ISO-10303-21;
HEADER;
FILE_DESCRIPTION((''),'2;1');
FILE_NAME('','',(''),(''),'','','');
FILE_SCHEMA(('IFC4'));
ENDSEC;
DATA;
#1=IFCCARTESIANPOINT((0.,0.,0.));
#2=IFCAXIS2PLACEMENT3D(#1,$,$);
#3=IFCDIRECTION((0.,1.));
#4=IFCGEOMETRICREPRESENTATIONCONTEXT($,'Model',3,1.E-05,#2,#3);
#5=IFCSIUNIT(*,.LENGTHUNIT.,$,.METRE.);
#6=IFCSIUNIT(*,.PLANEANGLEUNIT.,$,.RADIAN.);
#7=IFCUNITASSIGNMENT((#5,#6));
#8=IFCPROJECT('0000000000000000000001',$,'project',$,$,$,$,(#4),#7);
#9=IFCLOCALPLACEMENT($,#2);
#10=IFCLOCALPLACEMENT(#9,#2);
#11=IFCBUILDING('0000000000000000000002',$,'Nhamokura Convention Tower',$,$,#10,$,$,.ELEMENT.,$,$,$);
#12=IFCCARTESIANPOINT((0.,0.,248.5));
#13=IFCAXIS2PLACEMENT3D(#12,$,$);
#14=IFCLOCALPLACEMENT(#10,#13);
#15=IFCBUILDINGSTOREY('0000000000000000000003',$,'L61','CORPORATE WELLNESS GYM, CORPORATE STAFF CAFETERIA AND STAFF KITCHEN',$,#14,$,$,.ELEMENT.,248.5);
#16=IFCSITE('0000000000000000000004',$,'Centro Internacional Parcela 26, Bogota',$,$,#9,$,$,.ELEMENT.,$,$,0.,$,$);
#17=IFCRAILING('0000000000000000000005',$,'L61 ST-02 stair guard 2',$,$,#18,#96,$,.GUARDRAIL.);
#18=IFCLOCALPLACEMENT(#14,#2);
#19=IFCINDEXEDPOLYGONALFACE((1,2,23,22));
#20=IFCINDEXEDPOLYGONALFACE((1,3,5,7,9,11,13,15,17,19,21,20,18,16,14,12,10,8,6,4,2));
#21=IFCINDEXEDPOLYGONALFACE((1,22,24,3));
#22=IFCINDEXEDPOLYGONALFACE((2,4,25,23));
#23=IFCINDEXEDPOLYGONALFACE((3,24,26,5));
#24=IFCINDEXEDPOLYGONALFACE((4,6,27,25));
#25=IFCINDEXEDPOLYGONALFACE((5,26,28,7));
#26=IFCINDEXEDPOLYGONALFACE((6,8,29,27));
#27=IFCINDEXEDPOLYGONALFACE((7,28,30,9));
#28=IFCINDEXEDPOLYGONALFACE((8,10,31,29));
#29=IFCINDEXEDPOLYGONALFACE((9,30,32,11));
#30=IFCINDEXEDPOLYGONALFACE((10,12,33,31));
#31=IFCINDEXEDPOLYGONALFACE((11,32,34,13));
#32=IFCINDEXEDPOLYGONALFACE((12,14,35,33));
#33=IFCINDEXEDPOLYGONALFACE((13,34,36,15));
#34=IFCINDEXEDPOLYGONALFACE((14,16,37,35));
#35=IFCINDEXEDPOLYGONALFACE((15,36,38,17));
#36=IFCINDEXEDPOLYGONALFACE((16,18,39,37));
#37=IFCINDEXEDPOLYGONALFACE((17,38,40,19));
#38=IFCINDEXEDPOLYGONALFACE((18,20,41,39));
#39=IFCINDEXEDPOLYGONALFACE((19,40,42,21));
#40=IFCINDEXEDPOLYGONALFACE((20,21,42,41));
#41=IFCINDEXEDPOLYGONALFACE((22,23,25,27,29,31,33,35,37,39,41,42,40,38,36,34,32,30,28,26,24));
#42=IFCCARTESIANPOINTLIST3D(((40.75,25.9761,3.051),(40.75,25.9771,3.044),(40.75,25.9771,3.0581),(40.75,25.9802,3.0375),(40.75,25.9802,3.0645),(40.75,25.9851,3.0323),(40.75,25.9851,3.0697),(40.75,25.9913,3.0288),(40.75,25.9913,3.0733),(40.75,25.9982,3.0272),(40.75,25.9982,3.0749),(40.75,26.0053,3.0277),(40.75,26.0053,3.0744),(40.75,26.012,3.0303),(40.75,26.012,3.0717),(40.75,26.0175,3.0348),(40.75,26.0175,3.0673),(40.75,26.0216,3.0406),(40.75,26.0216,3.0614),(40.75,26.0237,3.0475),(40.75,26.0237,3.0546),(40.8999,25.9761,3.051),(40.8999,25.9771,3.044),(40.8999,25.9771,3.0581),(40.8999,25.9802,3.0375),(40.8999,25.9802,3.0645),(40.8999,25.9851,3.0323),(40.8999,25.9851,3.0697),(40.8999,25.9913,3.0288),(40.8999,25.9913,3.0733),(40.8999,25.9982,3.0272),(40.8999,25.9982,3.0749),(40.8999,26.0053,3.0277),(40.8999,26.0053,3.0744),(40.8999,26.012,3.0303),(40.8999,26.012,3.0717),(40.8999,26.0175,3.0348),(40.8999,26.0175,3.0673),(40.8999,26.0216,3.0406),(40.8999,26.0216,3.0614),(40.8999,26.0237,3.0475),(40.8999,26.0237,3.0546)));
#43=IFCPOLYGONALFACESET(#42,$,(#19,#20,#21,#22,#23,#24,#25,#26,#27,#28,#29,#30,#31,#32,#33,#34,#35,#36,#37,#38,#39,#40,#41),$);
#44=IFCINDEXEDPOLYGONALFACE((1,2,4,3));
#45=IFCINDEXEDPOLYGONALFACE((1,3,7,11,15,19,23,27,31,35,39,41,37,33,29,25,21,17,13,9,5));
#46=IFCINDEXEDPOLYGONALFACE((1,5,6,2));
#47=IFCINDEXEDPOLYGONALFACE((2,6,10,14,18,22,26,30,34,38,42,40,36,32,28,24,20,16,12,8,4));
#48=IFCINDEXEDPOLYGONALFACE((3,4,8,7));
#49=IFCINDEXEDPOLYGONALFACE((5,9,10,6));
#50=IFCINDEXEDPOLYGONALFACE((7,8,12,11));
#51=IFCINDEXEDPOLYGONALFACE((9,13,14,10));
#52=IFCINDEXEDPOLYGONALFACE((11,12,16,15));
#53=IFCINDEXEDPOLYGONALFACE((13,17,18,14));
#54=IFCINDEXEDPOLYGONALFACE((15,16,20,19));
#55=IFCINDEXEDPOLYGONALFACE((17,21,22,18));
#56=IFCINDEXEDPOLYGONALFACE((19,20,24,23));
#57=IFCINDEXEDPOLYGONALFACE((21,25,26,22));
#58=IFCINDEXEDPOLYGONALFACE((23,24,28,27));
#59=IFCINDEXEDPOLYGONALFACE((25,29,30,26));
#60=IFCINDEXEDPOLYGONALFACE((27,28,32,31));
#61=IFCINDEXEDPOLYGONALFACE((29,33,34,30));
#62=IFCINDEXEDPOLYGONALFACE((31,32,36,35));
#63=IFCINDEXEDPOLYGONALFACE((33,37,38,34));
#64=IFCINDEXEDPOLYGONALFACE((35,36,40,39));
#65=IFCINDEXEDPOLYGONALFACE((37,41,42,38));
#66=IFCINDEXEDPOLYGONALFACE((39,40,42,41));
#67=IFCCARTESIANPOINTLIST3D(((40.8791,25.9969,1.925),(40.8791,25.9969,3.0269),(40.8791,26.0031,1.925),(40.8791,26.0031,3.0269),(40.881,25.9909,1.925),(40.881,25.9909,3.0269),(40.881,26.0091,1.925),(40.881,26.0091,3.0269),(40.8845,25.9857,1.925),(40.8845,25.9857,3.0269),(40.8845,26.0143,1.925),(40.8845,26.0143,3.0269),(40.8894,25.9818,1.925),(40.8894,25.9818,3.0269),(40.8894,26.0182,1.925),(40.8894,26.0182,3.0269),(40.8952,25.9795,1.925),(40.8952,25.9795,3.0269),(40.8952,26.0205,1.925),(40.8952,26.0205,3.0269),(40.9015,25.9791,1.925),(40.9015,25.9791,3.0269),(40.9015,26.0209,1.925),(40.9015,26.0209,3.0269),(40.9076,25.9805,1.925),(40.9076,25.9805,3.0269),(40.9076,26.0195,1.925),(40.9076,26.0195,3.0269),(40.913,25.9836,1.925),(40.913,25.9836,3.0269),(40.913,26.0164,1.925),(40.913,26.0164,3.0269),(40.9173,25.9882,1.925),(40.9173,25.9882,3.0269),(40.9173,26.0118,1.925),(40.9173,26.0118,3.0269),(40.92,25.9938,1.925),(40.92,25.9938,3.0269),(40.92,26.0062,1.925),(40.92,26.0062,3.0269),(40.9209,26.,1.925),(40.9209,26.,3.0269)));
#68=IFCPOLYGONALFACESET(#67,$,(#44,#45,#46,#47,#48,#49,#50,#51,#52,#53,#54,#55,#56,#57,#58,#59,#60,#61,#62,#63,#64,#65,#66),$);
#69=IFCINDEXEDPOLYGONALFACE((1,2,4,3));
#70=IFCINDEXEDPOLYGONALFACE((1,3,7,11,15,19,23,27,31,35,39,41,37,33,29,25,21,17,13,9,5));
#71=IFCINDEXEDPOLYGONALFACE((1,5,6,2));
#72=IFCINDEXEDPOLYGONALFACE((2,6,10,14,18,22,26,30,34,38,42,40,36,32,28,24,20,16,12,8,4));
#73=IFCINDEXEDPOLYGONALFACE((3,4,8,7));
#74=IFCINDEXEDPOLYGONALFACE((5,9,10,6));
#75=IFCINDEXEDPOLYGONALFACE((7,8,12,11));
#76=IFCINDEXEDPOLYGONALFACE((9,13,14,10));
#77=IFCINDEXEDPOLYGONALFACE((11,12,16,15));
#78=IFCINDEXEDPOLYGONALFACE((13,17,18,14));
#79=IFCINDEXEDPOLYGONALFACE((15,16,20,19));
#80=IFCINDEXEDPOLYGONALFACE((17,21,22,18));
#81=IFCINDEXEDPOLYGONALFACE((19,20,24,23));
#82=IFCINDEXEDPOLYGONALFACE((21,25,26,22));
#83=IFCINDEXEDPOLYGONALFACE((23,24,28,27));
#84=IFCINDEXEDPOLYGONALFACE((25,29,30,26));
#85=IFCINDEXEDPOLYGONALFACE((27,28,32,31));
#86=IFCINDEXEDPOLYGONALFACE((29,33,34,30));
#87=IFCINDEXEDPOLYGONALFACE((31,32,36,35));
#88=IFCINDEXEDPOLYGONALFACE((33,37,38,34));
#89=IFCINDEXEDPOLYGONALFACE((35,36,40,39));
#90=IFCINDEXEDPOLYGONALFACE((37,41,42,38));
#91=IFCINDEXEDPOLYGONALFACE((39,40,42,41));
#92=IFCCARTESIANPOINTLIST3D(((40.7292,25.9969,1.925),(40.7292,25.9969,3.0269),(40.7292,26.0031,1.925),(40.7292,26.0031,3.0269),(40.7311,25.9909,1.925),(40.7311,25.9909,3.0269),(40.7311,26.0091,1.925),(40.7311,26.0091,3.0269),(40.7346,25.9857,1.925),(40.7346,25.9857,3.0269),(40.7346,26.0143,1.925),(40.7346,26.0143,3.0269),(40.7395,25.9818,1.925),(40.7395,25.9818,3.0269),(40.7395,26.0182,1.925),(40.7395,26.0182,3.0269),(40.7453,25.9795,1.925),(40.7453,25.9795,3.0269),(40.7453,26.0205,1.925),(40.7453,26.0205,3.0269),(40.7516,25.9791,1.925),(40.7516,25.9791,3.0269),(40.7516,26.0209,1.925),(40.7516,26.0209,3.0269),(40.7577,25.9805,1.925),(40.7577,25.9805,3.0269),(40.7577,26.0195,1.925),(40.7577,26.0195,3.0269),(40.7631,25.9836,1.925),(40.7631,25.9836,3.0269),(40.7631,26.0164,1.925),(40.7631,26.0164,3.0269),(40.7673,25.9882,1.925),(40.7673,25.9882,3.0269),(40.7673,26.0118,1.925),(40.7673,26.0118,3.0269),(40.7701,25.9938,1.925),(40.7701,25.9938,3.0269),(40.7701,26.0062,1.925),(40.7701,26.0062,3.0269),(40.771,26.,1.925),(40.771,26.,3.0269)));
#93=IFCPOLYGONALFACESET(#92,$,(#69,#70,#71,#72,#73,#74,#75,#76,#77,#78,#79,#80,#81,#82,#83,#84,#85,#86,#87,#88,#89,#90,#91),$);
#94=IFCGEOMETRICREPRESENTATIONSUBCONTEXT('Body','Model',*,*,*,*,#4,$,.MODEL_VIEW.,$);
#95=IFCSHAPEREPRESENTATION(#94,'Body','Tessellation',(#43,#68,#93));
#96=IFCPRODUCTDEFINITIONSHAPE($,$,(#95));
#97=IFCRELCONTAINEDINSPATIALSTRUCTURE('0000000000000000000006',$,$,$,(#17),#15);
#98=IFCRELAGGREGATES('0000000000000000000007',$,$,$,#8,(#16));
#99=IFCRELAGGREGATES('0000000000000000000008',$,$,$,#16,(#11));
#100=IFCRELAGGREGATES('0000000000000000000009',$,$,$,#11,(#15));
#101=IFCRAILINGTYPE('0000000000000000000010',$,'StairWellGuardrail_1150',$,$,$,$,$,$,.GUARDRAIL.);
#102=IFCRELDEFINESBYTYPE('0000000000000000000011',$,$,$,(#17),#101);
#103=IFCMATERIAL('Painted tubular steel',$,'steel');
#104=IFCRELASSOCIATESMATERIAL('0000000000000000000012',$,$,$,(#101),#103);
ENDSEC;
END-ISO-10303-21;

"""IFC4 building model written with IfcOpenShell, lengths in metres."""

from ifc_helpers import new_model, si_unit, direction, frame, origin, origin_2d, place, context, subcontext, project, spatial, circle, extrude, material, type_object, element, save


model = new_model("IFC4")

# Units and contexts
model_context = context("Model", 3, precision=1e-05, world=origin(), true_north=direction((0.0, 1.0)))
body_context = subcontext(model_context, "Body", "Model", "MODEL_VIEW")
ifc_project = project(units=[si_unit("LENGTHUNIT", "METRE"), si_unit("PLANEANGLEUNIT", "RADIAN")], contexts=[model_context])

# Site, building, storey
site_placement = place(None, origin())
site = spatial("IfcSite", under=ifc_project, at=site_placement, Name="Centro Internacional Parcela 26, Bogota", CompositionType="ELEMENT", RefElevation=0.0)
building_placement = place(site_placement, origin())
building = spatial("IfcBuilding", under=site, at=building_placement, Name="Nhamokura Convention Tower", CompositionType="ELEMENT")
storey_placement = place(building_placement, frame((0.0, 0.0, 248.5)))
storey = spatial("IfcBuildingStorey", under=building, at=storey_placement, Name="L61", Description="CORPORATE WELLNESS GYM, CORPORATE STAFF CAFETERIA AND STAFF KITCHEN", CompositionType="ELEMENT", Elevation=248.5)

# Railing
ifc_material_1 = material(Name="Painted tubular steel", Category="steel")
railing_type_1 = type_object("IfcRailingType", Name="StairWellGuardrail_1150", PredefinedType="GUARDRAIL", material=ifc_material_1)
railing_1_placement = place(storey_placement, frame((40.8999, 26.0, 1.925)))
element("IfcRailing", 1, at=railing_1_placement, inside=storey, type_object=railing_type_1, Name="L61 ST-02 stair guard 2", PredefinedType="GUARDRAIL", context=body_context, shape_type="SweptSolid", body=[
    extrude(circle(Radius=0.0239, at=origin_2d()), frame((0.0, 0.0, 1.126), z_axis=(-1.0, 0.0, 0.0), x_axis=(0.0, -1.0, 0.0)), (0.0, 0.0, 1.0), 0.1499),
    extrude(circle(Radius=0.021, at=origin_2d()), origin(), (0.0, 0.0, 1.0), 1.1018),
    extrude(circle(Radius=0.021, at=origin_2d()), frame((-0.1499, 0.0, 0.0)), (0.0, 0.0, 1.0), 1.1018),
])

save(model, "model.ifc")
